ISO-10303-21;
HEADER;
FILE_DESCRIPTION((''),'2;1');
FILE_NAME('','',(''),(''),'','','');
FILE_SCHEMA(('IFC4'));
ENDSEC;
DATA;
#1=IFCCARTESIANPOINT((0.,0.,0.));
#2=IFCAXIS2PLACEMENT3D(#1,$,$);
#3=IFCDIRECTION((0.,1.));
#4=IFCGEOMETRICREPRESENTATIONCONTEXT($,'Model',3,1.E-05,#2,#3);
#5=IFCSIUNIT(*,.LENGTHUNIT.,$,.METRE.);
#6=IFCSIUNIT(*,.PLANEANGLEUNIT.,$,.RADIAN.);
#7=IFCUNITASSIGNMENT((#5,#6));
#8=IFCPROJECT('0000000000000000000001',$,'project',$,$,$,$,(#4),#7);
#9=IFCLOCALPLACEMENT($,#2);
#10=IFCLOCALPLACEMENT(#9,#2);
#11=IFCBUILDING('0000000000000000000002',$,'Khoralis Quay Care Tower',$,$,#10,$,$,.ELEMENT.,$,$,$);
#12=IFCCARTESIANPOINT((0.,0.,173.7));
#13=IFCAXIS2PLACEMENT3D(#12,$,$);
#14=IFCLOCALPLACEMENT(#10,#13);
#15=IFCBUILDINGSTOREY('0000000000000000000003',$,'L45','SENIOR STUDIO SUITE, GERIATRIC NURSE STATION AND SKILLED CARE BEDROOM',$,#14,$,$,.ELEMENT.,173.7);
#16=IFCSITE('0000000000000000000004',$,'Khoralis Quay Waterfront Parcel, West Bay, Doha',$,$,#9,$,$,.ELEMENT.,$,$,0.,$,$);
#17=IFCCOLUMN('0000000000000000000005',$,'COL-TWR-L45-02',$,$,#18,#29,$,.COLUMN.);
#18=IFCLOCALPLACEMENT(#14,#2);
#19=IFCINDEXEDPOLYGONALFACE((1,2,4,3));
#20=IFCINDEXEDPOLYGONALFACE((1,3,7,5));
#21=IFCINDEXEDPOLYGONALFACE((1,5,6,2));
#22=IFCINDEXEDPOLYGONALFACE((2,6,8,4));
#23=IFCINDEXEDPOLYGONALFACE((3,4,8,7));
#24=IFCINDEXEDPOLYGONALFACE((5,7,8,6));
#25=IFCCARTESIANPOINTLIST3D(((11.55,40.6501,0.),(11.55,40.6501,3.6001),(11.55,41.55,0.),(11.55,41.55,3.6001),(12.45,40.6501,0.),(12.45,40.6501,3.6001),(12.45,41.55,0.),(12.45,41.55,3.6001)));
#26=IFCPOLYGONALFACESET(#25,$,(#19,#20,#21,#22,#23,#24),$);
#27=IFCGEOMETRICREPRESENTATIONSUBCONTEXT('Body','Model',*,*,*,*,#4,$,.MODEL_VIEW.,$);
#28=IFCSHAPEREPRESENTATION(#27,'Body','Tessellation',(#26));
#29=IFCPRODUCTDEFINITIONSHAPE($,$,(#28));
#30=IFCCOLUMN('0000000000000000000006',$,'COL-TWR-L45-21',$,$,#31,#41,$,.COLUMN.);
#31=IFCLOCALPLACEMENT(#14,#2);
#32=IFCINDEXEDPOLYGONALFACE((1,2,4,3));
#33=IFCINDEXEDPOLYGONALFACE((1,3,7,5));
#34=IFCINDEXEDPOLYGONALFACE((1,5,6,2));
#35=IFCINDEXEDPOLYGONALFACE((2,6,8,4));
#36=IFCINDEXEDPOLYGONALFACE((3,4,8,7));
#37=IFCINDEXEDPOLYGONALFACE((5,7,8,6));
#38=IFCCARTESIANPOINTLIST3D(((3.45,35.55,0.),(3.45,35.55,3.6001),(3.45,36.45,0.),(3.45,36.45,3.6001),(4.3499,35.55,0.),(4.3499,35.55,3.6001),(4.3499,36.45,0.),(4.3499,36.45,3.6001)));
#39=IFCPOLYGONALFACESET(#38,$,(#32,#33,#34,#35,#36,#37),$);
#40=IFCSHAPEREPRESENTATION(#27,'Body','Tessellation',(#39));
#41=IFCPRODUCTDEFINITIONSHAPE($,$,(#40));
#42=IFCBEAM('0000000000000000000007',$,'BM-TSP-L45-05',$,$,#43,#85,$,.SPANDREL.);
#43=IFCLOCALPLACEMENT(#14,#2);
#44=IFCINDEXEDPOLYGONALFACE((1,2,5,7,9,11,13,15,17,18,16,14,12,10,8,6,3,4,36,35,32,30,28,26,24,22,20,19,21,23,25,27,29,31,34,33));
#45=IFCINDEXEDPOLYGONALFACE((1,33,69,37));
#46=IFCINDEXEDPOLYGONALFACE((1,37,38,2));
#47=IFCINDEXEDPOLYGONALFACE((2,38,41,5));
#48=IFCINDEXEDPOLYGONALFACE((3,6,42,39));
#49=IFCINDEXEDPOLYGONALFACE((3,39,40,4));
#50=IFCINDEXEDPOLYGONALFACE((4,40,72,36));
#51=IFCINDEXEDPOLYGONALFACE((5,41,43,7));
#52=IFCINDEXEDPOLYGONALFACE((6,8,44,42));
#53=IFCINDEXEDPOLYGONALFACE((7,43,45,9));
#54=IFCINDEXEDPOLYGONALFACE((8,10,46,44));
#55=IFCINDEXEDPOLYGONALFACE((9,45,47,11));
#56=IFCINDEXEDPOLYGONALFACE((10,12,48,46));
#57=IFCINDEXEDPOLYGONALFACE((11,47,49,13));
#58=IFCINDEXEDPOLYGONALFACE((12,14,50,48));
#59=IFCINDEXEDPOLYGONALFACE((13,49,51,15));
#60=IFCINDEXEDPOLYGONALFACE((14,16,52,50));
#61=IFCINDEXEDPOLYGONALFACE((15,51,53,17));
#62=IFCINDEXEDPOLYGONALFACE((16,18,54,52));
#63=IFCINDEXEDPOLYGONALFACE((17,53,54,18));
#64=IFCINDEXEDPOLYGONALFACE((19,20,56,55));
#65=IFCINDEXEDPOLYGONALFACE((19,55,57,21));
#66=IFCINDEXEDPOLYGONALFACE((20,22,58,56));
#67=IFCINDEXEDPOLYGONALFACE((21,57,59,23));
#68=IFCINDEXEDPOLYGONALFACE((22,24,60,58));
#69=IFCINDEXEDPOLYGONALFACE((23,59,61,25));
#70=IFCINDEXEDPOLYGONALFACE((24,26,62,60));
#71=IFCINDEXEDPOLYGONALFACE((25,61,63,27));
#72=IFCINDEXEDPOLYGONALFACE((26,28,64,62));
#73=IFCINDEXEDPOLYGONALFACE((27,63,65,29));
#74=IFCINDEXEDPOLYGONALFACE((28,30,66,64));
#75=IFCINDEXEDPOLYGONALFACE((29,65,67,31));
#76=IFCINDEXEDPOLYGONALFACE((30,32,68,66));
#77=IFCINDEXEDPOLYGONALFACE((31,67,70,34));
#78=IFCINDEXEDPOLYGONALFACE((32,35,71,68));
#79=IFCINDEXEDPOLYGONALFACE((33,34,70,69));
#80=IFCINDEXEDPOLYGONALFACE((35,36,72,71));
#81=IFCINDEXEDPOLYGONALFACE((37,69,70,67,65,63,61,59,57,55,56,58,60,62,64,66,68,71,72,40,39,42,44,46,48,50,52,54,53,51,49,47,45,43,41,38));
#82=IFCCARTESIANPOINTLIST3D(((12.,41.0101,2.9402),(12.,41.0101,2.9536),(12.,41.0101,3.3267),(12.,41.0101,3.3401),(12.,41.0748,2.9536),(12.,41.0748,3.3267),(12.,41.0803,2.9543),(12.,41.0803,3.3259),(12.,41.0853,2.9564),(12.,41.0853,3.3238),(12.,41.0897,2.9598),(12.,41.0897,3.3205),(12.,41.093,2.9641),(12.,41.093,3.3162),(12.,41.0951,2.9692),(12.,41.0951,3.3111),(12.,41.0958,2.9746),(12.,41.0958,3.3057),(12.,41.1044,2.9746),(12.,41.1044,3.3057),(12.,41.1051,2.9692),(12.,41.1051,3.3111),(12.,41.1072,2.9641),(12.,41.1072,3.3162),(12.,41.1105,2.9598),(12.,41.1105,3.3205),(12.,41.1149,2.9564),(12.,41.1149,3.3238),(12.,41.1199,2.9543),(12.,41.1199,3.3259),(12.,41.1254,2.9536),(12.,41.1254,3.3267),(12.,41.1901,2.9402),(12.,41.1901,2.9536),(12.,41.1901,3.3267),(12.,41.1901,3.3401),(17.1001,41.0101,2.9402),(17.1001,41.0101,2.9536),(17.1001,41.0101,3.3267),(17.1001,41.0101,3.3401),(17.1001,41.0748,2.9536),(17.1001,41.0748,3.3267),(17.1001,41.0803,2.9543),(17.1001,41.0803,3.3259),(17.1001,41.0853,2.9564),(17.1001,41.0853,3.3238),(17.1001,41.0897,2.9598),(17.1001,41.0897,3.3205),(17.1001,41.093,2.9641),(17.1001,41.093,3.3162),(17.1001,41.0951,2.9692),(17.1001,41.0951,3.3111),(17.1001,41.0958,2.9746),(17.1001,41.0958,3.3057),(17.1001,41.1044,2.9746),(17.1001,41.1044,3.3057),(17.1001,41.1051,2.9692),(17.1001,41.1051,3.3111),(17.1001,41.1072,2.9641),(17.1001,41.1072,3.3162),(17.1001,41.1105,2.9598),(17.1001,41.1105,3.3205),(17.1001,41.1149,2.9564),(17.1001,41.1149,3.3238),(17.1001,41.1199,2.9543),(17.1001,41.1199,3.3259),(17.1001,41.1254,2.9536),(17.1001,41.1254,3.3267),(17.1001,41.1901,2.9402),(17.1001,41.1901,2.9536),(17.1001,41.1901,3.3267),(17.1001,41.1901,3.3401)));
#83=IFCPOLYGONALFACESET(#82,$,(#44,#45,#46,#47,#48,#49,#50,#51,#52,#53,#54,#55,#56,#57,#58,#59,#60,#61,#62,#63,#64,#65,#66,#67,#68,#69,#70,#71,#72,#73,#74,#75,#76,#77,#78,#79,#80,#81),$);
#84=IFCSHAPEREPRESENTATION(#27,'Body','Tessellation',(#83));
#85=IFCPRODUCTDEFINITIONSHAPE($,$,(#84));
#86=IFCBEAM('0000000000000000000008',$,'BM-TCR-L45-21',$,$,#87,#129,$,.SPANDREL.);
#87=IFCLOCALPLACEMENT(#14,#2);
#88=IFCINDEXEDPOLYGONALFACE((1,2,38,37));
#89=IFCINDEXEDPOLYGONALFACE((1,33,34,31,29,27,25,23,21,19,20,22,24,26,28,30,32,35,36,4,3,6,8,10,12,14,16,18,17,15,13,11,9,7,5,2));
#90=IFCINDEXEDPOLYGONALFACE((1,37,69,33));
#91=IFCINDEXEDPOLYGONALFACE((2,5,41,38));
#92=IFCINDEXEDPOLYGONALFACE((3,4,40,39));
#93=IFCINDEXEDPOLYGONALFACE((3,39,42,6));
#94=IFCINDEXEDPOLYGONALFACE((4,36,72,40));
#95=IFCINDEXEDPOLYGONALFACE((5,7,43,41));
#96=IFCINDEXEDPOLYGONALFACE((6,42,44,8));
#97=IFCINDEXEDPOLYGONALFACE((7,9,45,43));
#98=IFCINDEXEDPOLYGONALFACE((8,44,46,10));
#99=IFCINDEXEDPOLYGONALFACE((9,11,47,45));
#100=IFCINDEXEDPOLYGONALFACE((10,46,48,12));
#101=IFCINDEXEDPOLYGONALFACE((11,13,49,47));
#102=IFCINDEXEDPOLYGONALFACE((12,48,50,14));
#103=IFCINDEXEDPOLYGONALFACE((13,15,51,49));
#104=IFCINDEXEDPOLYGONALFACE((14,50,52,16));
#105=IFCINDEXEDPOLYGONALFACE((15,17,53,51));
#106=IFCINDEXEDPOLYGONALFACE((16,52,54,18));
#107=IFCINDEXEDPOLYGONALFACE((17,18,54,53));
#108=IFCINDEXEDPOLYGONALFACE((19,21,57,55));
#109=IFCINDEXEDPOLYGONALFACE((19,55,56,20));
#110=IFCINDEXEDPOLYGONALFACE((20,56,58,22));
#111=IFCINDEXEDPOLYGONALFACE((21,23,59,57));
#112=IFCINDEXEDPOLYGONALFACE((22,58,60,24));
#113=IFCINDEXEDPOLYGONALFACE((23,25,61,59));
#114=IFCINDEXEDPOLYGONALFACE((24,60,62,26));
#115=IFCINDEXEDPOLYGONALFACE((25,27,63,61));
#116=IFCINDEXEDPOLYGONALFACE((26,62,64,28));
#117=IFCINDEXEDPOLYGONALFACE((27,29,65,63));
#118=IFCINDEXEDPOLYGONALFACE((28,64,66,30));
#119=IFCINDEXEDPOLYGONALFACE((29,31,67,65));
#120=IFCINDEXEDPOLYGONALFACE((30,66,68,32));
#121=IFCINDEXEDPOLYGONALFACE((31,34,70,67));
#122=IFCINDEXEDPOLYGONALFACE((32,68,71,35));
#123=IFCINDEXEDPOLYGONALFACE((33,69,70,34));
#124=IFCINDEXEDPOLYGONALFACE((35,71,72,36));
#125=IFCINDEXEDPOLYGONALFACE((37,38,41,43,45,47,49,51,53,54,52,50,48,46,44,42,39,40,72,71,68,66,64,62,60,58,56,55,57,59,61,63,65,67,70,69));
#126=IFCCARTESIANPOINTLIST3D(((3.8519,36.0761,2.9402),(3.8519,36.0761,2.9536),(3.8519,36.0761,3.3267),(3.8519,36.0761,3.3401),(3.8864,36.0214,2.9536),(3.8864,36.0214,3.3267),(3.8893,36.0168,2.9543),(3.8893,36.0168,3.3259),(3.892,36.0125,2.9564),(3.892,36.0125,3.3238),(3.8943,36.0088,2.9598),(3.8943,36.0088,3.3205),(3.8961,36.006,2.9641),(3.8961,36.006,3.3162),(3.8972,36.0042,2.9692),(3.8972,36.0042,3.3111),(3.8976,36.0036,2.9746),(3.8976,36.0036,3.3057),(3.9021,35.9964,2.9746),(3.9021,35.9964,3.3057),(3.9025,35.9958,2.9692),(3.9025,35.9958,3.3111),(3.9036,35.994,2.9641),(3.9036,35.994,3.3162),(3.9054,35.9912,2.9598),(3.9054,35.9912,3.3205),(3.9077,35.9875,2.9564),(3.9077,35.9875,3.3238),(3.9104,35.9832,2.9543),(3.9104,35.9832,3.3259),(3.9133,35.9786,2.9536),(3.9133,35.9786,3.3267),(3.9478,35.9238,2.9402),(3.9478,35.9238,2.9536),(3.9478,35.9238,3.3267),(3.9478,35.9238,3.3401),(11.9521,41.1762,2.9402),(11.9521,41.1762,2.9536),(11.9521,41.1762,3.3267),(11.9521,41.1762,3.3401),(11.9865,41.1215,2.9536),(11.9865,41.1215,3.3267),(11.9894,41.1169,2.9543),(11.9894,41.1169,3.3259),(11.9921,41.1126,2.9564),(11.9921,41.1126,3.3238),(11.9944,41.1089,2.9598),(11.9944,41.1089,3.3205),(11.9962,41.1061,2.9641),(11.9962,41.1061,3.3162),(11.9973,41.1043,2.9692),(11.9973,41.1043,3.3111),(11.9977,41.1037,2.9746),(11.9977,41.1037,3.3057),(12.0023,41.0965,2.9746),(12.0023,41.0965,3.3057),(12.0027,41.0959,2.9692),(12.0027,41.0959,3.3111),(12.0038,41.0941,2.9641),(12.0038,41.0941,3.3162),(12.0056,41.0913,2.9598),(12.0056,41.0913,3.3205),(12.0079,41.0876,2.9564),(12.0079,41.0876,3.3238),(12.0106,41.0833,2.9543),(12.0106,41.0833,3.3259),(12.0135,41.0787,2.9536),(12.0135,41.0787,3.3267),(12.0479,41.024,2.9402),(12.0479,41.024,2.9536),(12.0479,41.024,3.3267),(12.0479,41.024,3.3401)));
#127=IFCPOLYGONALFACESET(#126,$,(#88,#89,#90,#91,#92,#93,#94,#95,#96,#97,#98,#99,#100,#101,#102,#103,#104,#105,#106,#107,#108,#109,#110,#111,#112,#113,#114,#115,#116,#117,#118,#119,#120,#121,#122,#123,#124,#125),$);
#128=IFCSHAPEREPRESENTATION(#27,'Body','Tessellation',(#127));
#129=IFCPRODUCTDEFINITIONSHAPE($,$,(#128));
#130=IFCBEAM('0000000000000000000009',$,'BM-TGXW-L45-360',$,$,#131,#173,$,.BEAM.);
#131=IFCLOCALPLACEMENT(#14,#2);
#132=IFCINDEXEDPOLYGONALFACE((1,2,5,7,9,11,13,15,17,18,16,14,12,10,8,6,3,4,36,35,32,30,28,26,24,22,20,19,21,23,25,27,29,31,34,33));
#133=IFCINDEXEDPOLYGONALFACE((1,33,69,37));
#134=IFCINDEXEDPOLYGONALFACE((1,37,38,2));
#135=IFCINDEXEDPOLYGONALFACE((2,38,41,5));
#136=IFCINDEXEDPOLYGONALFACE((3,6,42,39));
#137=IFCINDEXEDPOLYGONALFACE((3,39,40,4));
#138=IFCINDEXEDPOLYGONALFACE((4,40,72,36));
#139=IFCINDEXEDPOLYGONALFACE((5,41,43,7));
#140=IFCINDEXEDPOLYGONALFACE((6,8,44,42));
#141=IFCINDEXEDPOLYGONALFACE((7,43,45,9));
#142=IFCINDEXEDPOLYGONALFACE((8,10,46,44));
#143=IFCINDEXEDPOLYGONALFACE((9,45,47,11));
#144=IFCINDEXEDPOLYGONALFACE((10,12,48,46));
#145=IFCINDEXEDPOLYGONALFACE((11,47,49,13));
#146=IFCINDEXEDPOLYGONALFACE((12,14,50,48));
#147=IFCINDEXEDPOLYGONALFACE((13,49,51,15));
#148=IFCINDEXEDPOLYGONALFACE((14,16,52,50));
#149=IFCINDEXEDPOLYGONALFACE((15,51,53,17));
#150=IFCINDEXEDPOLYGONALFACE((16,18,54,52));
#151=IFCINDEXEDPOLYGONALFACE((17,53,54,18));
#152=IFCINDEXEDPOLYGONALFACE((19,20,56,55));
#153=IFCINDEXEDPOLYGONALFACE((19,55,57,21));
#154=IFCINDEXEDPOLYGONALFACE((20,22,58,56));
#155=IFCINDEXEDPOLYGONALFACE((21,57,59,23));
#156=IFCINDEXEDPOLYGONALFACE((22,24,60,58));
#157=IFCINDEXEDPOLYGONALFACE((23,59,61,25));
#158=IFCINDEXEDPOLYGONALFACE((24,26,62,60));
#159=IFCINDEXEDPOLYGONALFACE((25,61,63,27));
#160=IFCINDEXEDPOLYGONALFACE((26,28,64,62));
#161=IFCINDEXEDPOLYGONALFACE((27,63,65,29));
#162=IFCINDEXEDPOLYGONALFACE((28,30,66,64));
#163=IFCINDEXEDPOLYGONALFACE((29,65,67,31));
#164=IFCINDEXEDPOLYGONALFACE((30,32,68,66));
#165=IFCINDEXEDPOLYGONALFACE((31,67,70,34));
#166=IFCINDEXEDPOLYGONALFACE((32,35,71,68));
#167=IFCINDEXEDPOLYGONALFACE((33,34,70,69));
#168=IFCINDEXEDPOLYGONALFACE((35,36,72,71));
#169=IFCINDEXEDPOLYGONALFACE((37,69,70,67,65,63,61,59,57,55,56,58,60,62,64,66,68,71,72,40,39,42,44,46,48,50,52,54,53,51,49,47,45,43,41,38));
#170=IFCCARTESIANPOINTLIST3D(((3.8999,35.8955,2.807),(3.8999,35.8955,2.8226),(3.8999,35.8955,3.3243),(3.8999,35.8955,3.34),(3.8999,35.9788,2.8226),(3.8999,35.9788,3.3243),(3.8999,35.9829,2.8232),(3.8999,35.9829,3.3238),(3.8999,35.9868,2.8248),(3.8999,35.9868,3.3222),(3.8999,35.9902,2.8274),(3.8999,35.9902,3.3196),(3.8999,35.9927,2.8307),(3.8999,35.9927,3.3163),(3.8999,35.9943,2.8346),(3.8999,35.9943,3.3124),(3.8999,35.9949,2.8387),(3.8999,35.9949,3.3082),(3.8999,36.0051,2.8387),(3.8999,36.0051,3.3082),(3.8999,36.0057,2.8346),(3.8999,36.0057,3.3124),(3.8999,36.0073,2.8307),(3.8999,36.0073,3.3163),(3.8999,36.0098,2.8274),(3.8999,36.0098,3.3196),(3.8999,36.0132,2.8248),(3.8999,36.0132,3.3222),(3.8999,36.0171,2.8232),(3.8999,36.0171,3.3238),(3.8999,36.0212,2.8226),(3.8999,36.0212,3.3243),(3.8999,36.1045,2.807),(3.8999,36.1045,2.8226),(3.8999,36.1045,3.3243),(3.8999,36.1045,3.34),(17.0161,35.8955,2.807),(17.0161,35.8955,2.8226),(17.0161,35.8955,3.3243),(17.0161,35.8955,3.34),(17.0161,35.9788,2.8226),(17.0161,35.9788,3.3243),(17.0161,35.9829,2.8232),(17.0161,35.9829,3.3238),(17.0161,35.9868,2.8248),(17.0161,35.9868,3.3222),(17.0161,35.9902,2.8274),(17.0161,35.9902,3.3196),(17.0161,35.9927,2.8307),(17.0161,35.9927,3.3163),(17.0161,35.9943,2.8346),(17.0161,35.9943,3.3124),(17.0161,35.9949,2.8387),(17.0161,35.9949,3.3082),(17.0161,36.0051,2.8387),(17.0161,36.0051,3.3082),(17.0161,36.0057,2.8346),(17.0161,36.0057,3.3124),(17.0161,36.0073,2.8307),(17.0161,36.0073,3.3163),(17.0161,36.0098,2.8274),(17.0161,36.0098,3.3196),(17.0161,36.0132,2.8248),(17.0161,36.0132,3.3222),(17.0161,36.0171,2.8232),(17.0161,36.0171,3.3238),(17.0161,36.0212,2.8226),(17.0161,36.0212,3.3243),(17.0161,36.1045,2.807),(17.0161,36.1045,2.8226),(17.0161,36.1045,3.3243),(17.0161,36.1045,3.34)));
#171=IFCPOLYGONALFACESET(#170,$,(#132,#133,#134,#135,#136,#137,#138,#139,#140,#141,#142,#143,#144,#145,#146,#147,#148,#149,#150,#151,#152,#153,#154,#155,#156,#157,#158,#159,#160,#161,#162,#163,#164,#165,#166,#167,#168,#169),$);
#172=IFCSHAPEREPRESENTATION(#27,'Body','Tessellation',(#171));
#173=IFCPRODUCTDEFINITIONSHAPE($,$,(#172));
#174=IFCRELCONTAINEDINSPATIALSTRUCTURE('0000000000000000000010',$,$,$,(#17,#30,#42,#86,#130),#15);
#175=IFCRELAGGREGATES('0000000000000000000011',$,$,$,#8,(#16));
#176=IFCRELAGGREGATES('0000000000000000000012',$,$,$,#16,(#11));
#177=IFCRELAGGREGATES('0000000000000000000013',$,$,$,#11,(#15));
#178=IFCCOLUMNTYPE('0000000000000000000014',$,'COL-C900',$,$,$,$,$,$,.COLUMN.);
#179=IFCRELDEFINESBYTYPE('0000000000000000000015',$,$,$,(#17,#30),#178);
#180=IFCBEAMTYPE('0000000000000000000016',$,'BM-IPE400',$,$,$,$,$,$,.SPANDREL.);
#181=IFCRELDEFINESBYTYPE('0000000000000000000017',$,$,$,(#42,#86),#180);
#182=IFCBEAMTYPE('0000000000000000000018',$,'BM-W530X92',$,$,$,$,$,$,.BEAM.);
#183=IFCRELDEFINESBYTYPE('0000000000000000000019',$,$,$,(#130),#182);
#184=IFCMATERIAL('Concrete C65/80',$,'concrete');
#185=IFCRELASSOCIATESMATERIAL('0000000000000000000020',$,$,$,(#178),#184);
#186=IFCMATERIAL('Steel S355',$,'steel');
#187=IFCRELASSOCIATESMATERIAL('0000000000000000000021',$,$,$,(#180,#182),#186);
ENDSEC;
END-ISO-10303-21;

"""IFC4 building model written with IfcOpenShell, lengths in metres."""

from ifc_helpers import new_model, si_unit, direction, frame, origin, origin_2d, place, context, subcontext, project, spatial, rectangle, i_section, extrude, source, transform, mapped, material, material_profile, profile_set, type_object, element, save


model = new_model("IFC4")

# Units and contexts
model_context = context("Model", 3, precision=1e-05, world=origin(), true_north=direction((0.0, 1.0)))
body_context = subcontext(model_context, "Body", "Model", "MODEL_VIEW")
ifc_project = project(units=[si_unit("LENGTHUNIT", "METRE"), si_unit("PLANEANGLEUNIT", "RADIAN")], contexts=[model_context])

# Site, building, storey
site_placement = place(None, origin())
site = spatial("IfcSite", under=ifc_project, at=site_placement, Name="Khoralis Quay Waterfront Parcel, West Bay, Doha", CompositionType="ELEMENT", RefElevation=0.0)
building_placement = place(site_placement, origin())
building = spatial("IfcBuilding", under=site, at=building_placement, Name="Khoralis Quay Care Tower", CompositionType="ELEMENT")
storey_placement = place(building_placement, frame((0.0, 0.0, 173.7)))
storey = spatial("IfcBuildingStorey", under=building, at=storey_placement, Name="L45", Description="SENIOR STUDIO SUITE, GERIATRIC NURSE STATION AND SKILLED CARE BEDROOM", CompositionType="ELEMENT", Elevation=173.7)

# Columns
ifc_material_1 = material(Name="Concrete C65/80", Category="concrete")
ifc_material_profile_1 = material_profile(ifc_material_1, rectangle(XDim=0.8999, YDim=0.8999, at=origin_2d()), Name="Concrete C65/80")
ifc_profile_set_1 = profile_set([ifc_material_profile_1], Name="Concrete C65/80")
column_type = type_object("IfcColumnType", Name="COL-C900", PredefinedType="COLUMN", material=ifc_profile_set_1)
shared_shape_1 = source(origin(), body_context, "Body", "SweptSolid", [
    extrude(rectangle(XDim=0.8999, YDim=0.8999, at=origin_2d()), origin(), (0.0, 0.0, 1.0), 3.6001),
])
for number, where, z_axis, x_axis, name in (
    (1, (12.0, 41.1001, 0.0), (0.0, 0.0, 1.0), (1.0, 0.0, 0.0), "COL-TWR-L45-02"),
    (2, (3.8999, 36.0, 0.0), (0.0, 0.0, 1.0), (1.0, 0.0, 0.0), "COL-TWR-L45-21"),
):
    element("IfcColumn", number, at=place(storey_placement, frame(where, z_axis=z_axis, x_axis=x_axis)), inside=storey, type_object=column_type, Name=name, PredefinedType="COLUMN", context=body_context, shape_type="MappedRepresentation", body=[
        mapped(shared_shape_1, transform((0.0, 0.0, 0.0), scale=1.0)),
    ])

# Beams
ifc_material_2 = material(Name="Steel S355", Category="steel")
ifc_material_profile_2 = material_profile(ifc_material_2, i_section(OverallWidth=0.1799, OverallDepth=0.3999, WebThickness=0.0085, FlangeThickness=0.0134, FilletRadius=0.021, at=origin_2d()), Name="Steel S355")
ifc_profile_set_2 = profile_set([ifc_material_profile_2], Name="Steel S355")
beam_type_1 = type_object("IfcBeamType", Name="BM-IPE400", PredefinedType="SPANDREL", material=ifc_profile_set_2)
shared_shape_2 = source(origin(), body_context, "Body", "SweptSolid", [
    extrude(i_section(OverallWidth=0.1799, OverallDepth=0.3999, WebThickness=0.0085, FlangeThickness=0.0134, FilletRadius=0.021, at=origin_2d()), origin(), (0.0, 0.0, 1.0), 5.1001),
])
beam_1_placement = place(storey_placement, frame((12.0, 41.1001, 3.1401), z_axis=(1.0, 0.0, 0.0), x_axis=(0.0, 1.0, 0.0)))
element("IfcBeam", 3, at=beam_1_placement, inside=storey, type_object=beam_type_1, Name="BM-TSP-L45-05", PredefinedType="SPANDREL", context=body_context, shape_type="MappedRepresentation", body=[
    mapped(shared_shape_2, transform((0.0, 0.0, 0.0), scale=1.0)),
])
shared_shape_3 = source(origin(), body_context, "Body", "SweptSolid", [
    extrude(i_section(OverallWidth=0.1799, OverallDepth=0.3999, WebThickness=0.0085, FlangeThickness=0.0134, FilletRadius=0.021, at=origin_2d()), origin(), (0.0, 0.0, 1.0), 9.572),
])
beam_2_placement = place(storey_placement, frame((12.0, 41.1001, 3.1401), z_axis=(-0.846231, -0.532816, 0.0), x_axis=(0.532816, -0.846231, 0.0)))
element("IfcBeam", 4, at=beam_2_placement, inside=storey, type_object=beam_type_1, Name="BM-TCR-L45-21", PredefinedType="SPANDREL", context=body_context, shape_type="MappedRepresentation", body=[
    mapped(shared_shape_3, transform((0.0, 0.0, 0.0), scale=1.0)),
])
ifc_material_profile_3 = material_profile(ifc_material_2, i_section(OverallWidth=0.209, OverallDepth=0.533, WebThickness=0.0103, FlangeThickness=0.0156, FilletRadius=0.0161, at=origin_2d()), Name="Steel S355")
ifc_profile_set_3 = profile_set([ifc_material_profile_3], Name="Steel S355")
beam_type_2 = type_object("IfcBeamType", Name="BM-W530X92", PredefinedType="BEAM", material=ifc_profile_set_3)
shared_shape_4 = source(origin(), body_context, "Body", "SweptSolid", [
    extrude(i_section(OverallWidth=0.209, OverallDepth=0.533, WebThickness=0.0103, FlangeThickness=0.0156, FilletRadius=0.0161, at=origin_2d()), origin(), (0.0, 0.0, 1.0), 13.1162),
])
beam_3_placement = place(storey_placement, frame((3.8999, 36.0, 3.0735), z_axis=(1.0, 0.0, 0.0), x_axis=(0.0, 1.0, 0.0)))
element("IfcBeam", 5, at=beam_3_placement, inside=storey, type_object=beam_type_2, Name="BM-TGXW-L45-360", PredefinedType="BEAM", context=body_context, shape_type="MappedRepresentation", body=[
    mapped(shared_shape_4, transform((0.0, 0.0, 0.0), scale=1.0)),
])

save(model, "model.ifc")
